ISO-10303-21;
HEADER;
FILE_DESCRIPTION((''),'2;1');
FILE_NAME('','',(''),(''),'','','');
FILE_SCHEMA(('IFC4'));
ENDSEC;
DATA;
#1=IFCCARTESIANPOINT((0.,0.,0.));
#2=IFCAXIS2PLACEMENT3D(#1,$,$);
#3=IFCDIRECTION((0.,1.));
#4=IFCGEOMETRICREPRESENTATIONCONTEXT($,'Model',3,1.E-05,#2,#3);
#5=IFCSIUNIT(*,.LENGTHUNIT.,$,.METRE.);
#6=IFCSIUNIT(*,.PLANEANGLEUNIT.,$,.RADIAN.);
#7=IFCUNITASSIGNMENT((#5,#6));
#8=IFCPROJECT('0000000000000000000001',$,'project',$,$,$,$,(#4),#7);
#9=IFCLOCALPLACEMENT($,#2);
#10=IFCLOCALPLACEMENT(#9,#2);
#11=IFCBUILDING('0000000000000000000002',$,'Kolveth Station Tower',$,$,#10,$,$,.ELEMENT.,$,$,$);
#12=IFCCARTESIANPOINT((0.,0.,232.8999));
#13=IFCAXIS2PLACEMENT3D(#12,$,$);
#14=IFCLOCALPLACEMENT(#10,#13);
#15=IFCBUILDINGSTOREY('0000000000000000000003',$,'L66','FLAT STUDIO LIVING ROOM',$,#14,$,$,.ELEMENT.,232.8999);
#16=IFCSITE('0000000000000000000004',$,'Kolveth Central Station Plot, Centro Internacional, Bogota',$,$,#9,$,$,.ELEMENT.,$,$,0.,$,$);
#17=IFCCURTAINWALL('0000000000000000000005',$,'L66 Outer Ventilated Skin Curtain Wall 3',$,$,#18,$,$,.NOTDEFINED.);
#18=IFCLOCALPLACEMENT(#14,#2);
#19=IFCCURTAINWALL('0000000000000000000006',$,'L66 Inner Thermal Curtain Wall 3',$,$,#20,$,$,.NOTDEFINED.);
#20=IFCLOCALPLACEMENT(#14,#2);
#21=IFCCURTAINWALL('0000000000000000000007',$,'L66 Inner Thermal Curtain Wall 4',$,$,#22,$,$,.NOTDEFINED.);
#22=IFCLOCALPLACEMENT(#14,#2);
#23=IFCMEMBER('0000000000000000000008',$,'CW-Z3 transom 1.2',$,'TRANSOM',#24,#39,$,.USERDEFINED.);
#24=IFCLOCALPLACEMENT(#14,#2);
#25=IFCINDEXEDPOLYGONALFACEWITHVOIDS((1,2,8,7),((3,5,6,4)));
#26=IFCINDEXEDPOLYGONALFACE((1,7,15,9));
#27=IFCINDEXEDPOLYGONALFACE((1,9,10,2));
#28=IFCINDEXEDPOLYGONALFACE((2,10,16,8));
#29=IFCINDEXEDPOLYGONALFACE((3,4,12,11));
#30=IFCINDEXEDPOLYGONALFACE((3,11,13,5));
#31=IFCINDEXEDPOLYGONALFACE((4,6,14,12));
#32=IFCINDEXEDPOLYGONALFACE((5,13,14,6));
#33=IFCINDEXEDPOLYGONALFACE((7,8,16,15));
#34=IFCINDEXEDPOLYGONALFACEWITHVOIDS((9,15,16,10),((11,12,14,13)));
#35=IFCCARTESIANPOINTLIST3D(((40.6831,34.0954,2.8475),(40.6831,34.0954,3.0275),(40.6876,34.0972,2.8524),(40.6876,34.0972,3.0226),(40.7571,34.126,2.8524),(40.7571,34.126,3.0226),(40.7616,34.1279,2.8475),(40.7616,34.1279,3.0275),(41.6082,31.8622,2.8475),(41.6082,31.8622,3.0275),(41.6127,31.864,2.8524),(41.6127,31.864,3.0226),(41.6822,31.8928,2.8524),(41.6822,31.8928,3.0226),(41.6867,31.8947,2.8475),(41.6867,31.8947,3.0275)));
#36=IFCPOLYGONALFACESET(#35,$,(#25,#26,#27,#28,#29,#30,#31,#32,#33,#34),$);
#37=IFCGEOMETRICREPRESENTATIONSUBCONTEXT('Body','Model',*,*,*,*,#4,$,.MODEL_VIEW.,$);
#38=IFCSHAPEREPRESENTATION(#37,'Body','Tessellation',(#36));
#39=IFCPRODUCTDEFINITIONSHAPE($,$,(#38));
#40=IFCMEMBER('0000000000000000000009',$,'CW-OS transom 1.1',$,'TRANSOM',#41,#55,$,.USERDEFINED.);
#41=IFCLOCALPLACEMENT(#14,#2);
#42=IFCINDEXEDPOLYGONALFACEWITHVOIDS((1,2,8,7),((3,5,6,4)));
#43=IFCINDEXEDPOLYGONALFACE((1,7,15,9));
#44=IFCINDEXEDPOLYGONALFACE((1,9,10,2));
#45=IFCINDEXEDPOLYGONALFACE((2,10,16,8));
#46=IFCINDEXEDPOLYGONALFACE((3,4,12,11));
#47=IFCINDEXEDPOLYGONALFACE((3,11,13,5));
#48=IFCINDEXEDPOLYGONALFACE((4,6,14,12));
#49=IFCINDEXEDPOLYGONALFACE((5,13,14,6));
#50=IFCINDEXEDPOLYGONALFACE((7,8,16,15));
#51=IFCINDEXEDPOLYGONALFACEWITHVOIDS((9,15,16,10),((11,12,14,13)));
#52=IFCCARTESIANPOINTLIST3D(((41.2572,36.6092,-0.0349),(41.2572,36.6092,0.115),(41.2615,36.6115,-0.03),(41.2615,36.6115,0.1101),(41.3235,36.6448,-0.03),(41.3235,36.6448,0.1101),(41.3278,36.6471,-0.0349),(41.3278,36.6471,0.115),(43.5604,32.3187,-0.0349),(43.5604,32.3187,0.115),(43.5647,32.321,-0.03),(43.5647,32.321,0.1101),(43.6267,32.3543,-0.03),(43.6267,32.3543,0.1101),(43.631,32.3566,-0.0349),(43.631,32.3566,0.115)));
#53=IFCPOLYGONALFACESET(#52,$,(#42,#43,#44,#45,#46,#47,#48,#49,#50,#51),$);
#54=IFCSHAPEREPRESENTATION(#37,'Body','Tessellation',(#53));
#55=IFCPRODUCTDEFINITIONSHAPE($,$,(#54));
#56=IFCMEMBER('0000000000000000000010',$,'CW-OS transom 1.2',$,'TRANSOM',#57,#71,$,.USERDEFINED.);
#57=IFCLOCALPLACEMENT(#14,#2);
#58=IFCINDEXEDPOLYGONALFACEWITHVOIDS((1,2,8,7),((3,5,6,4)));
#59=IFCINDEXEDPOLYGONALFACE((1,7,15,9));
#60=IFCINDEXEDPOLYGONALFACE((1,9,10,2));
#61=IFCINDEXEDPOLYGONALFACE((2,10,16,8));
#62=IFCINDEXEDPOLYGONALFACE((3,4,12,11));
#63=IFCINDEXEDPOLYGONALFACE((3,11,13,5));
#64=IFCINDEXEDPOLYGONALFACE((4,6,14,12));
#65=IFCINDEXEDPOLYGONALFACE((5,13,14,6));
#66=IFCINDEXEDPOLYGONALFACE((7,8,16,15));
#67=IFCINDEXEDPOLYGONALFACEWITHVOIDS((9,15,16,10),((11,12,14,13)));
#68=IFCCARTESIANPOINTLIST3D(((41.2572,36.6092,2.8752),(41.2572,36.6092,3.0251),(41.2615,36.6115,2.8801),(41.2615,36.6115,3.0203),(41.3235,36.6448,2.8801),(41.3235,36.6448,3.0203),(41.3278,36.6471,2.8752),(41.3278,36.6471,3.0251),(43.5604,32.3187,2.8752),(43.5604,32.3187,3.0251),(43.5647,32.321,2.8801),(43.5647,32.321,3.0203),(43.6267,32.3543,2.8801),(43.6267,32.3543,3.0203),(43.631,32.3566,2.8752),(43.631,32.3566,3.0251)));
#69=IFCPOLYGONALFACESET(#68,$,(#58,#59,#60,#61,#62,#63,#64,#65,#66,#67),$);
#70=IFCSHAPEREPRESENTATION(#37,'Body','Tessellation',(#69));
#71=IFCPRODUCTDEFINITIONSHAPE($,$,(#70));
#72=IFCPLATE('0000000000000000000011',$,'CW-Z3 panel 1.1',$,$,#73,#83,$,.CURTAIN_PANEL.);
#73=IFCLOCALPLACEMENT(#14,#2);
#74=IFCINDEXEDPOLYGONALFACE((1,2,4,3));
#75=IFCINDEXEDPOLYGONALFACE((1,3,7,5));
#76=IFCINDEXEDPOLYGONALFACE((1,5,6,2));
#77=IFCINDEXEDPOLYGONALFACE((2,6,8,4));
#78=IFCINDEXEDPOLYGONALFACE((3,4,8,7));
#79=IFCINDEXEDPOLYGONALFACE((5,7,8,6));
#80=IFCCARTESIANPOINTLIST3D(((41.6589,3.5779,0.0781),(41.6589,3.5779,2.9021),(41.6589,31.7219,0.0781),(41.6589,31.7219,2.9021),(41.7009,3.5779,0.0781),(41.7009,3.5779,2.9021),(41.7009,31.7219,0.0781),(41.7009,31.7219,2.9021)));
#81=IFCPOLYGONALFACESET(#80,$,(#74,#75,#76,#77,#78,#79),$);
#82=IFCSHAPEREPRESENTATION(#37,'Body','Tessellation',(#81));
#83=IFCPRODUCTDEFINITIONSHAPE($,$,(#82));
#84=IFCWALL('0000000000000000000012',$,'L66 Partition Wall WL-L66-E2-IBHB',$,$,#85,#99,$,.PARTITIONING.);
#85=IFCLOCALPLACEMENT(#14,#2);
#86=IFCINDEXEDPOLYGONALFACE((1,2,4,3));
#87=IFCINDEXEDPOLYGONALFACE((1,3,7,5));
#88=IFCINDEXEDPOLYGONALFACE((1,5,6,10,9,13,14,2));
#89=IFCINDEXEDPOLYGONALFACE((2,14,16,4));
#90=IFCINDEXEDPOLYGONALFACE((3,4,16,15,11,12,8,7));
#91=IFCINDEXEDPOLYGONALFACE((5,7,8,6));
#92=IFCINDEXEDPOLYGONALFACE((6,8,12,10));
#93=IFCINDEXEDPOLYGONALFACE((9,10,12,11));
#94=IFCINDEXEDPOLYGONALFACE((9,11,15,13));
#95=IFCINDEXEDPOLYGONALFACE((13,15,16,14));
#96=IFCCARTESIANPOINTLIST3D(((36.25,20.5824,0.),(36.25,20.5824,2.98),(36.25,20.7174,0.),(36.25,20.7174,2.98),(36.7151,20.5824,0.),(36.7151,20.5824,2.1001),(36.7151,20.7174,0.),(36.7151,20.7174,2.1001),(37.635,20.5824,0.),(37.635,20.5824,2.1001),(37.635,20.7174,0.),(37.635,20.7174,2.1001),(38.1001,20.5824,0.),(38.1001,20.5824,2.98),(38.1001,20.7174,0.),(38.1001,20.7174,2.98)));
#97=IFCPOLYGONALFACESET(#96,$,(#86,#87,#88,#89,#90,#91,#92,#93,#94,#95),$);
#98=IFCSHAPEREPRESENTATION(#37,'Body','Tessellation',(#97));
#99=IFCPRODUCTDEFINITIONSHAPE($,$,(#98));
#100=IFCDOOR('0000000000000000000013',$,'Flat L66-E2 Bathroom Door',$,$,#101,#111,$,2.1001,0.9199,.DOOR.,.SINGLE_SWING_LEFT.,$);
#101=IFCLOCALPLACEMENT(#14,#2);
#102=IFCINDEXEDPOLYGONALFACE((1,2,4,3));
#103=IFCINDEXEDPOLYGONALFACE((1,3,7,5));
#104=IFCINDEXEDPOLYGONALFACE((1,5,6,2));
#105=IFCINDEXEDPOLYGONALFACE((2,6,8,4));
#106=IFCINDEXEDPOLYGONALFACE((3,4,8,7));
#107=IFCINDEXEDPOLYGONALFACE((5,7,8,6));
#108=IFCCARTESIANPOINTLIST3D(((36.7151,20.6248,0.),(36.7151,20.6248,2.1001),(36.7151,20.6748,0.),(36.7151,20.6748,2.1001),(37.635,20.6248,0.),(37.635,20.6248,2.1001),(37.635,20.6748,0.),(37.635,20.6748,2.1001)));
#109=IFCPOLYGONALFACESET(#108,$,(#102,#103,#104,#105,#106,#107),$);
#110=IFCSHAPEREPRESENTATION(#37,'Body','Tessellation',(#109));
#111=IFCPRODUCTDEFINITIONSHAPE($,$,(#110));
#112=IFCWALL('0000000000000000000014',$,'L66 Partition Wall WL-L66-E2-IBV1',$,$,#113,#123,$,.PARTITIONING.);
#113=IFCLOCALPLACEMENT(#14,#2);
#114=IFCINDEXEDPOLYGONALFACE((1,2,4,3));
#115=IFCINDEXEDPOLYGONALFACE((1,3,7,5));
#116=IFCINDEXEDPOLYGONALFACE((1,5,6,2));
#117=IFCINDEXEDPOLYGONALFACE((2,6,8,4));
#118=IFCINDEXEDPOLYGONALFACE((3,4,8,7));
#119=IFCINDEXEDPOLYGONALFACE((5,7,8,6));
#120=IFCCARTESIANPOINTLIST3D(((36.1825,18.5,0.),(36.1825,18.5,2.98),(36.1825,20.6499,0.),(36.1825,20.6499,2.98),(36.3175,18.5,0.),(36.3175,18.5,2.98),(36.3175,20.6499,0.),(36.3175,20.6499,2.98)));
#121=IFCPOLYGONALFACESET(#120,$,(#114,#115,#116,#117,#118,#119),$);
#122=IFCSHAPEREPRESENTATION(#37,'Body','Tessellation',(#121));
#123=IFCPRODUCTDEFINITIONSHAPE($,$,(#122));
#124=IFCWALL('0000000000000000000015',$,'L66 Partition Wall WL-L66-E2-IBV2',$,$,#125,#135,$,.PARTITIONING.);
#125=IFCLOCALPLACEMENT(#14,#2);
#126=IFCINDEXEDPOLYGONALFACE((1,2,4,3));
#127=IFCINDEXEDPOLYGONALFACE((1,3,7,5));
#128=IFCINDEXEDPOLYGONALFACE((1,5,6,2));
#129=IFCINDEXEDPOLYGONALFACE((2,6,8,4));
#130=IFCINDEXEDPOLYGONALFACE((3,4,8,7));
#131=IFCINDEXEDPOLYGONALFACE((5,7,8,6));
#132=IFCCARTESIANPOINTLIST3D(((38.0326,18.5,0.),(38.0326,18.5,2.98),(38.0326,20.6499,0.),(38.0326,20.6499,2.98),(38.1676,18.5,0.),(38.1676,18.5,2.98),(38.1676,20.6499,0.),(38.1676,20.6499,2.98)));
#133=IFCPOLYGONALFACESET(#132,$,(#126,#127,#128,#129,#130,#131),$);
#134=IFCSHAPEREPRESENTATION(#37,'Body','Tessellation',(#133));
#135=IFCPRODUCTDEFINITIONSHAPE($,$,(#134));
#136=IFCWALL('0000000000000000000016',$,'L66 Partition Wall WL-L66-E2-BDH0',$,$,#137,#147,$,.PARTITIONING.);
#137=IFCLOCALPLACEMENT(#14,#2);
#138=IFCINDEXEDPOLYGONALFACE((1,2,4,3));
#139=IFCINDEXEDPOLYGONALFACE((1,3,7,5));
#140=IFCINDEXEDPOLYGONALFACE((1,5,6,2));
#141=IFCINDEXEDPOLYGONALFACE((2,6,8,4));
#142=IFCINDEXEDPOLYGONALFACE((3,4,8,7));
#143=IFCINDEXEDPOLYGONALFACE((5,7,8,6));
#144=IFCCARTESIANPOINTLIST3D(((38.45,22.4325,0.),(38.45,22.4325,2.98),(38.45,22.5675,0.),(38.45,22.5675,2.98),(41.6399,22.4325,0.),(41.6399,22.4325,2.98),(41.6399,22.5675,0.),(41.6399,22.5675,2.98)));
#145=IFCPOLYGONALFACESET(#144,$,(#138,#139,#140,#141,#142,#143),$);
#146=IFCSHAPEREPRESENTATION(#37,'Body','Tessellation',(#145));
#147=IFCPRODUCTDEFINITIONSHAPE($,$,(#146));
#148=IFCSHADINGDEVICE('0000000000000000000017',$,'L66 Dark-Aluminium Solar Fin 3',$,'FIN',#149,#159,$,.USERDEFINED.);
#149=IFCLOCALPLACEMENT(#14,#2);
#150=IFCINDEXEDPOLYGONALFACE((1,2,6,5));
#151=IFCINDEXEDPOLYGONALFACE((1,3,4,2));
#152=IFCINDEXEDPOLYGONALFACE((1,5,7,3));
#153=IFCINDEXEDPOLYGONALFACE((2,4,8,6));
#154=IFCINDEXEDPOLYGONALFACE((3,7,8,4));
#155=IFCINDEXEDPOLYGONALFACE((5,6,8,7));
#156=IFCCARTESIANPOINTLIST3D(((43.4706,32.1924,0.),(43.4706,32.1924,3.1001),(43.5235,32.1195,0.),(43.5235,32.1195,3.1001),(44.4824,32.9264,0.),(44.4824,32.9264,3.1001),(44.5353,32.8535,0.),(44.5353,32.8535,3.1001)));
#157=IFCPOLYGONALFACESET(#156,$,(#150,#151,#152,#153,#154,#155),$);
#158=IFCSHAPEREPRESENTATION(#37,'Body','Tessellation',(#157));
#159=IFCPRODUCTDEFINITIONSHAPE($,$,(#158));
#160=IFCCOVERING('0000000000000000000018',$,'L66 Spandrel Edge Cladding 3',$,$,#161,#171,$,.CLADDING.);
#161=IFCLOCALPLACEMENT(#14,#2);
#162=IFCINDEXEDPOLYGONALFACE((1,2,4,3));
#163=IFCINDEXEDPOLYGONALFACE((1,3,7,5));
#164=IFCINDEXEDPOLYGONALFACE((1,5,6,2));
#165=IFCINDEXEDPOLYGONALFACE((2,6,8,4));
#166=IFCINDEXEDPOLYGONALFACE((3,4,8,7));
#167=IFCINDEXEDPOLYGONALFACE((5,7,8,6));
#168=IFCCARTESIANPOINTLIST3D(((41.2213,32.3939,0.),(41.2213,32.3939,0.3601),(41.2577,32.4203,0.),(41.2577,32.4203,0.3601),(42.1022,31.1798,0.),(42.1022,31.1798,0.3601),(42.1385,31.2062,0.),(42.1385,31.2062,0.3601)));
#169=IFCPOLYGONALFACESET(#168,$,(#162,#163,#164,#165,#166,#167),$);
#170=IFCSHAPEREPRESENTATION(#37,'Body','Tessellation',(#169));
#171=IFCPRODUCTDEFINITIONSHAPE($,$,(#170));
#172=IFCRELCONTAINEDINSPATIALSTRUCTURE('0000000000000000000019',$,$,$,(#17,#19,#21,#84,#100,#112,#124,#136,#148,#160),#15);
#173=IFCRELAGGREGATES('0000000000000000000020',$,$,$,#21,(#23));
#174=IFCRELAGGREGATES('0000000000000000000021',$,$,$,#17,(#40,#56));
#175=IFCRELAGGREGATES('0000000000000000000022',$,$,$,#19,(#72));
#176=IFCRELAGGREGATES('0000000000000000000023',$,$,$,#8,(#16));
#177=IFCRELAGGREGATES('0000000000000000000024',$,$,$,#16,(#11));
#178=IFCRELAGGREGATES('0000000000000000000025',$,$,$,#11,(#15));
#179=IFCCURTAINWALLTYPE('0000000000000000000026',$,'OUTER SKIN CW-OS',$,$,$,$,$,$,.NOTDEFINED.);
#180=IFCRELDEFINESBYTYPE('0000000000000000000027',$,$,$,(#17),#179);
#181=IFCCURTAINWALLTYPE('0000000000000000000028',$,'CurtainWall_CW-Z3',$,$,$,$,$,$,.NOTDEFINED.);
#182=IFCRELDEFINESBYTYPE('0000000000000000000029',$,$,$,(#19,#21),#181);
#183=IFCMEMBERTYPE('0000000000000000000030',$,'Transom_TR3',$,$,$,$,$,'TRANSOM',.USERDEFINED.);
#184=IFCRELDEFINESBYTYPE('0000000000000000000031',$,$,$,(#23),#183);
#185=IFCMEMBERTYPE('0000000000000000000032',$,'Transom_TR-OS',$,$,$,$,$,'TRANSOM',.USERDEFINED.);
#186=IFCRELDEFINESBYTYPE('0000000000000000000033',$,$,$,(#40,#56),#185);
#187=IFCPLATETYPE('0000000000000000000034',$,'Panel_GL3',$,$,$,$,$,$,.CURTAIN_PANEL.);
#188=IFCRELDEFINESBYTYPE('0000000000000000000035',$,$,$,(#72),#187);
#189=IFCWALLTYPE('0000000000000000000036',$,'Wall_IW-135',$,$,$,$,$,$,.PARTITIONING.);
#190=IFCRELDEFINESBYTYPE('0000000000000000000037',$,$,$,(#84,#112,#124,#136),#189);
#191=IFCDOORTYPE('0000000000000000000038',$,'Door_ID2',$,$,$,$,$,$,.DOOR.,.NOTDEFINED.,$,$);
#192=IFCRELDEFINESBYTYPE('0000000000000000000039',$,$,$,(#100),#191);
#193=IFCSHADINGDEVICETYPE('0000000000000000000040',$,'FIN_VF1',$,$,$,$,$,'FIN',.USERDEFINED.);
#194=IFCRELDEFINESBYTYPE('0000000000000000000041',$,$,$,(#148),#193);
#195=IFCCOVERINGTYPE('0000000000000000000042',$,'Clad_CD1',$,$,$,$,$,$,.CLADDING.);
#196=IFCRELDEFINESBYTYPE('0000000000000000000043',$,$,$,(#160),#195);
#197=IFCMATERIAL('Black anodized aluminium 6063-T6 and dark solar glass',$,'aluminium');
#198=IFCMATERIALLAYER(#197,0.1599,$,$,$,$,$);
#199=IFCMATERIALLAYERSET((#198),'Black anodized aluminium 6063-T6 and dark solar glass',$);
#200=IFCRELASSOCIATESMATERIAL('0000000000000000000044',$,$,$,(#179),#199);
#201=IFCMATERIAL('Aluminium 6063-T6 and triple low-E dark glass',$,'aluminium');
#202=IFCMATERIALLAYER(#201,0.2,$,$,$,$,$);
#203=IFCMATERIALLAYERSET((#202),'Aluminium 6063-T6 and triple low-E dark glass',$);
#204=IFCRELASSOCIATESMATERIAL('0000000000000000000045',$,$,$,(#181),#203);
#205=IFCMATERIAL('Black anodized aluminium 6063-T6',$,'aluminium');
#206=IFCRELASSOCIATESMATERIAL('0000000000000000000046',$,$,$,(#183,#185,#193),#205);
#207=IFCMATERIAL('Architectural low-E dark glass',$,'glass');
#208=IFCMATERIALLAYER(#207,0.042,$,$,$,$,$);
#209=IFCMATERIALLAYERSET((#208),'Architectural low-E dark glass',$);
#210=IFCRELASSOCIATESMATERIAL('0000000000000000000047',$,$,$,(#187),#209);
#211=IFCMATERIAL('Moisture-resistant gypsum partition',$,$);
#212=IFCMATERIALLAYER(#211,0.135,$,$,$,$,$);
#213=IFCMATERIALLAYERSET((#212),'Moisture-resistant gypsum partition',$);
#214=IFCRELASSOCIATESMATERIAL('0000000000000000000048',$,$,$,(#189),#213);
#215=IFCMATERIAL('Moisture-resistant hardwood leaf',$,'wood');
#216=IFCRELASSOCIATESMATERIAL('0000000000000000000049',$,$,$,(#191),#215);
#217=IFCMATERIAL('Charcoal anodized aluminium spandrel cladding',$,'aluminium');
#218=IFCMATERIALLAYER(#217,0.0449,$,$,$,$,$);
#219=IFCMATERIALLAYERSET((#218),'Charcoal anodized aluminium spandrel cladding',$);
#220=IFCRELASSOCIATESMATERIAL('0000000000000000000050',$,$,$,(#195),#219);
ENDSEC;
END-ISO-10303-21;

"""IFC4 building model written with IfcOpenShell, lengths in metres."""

from ifc_helpers import new_model, si_unit, direction, frame, frame_2d, origin, origin_2d, place, context, subcontext, project, spatial, rectangle, hollow_rectangle, extrude, source, transform, mapped, material, layer, layer_set, material_profile, profile_set, type_object, element, fill, aggregate, save


model = new_model("IFC4")

# Units and contexts
model_context = context("Model", 3, precision=1e-05, world=origin(), true_north=direction((0.0, 1.0)))
body_context = subcontext(model_context, "Body", "Model", "MODEL_VIEW")
ifc_project = project(units=[si_unit("LENGTHUNIT", "METRE"), si_unit("PLANEANGLEUNIT", "RADIAN")], contexts=[model_context])

# Site, building, storey
site_placement = place(None, origin())
site = spatial("IfcSite", under=ifc_project, at=site_placement, Name="Kolveth Central Station Plot, Centro Internacional, Bogota", CompositionType="ELEMENT", RefElevation=0.0)
building_placement = place(site_placement, origin())
building = spatial("IfcBuilding", under=site, at=building_placement, Name="Kolveth Station Tower", CompositionType="ELEMENT")
storey_placement = place(building_placement, frame((0.0, 0.0, 232.8999)))
storey = spatial("IfcBuildingStorey", under=building, at=storey_placement, Name="L66", Description="FLAT STUDIO LIVING ROOM", CompositionType="ELEMENT", Elevation=232.8999)

# Curtain walls
ifc_material_1 = material(Name="Black anodized aluminium 6063-T6 and dark solar glass", Category="aluminium")
ifc_layer_1 = layer(ifc_material_1, 0.1599)
ifc_layer_set_1 = layer_set([ifc_layer_1], Name="Black anodized aluminium 6063-T6 and dark solar glass")
curtain_wall_type_1 = type_object("IfcCurtainWallType", Name="OUTER SKIN CW-OS", PredefinedType="NOTDEFINED", material=ifc_layer_set_1)
ifc_material_2 = material(Name="Black anodized aluminium 6063-T6", Category="aluminium")
curtain_wall_1_placement = place(storey_placement, origin())
curtain_wall_1 = element("IfcCurtainWall", 1, at=curtain_wall_1_placement, inside=storey, type_object=curtain_wall_type_1, Name="L66 Outer Ventilated Skin Curtain Wall 3", PredefinedType="NOTDEFINED")
ifc_material_3 = material(Name="Aluminium 6063-T6 and triple low-E dark glass", Category="aluminium")
ifc_layer_2 = layer(ifc_material_3, 0.2)
ifc_layer_set_2 = layer_set([ifc_layer_2], Name="Aluminium 6063-T6 and triple low-E dark glass")
curtain_wall_type_2 = type_object("IfcCurtainWallType", Name="CurtainWall_CW-Z3", PredefinedType="NOTDEFINED", material=ifc_layer_set_2)
curtain_wall_2_placement = place(storey_placement, origin())
curtain_wall_2 = element("IfcCurtainWall", 2, at=curtain_wall_2_placement, inside=storey, type_object=curtain_wall_type_2, Name="L66 Inner Thermal Curtain Wall 3", PredefinedType="NOTDEFINED")

# Curtain wall, member
curtain_wall_3_placement = place(storey_placement, origin())
curtain_wall_3 = element("IfcCurtainWall", 3, at=curtain_wall_3_placement, inside=storey, type_object=curtain_wall_type_2, Name="L66 Inner Thermal Curtain Wall 4", PredefinedType="NOTDEFINED")
ifc_material_profile_1 = material_profile(ifc_material_2, hollow_rectangle(XDim=0.085, YDim=0.1799, WallThickness=0.0049, at=origin_2d()), Name="ALU-85x180x5")
ifc_profile_set_1 = profile_set([ifc_material_profile_1], Name="Black anodized aluminium 6063-T6")
member_type_1 = type_object("IfcMemberType", Name="Transom_TR3", ElementType="TRANSOM", PredefinedType="USERDEFINED", material=ifc_profile_set_1)
shared_shape_1 = source(origin(), body_context, "Body", "SweptSolid", [
    extrude(hollow_rectangle(XDim=0.085, YDim=0.1799, WallThickness=0.0049, at=origin_2d()), origin(), (0.0, 0.0, 1.0), 2.4172),
])
member_1_placement = place(storey_placement, frame((41.6475, 31.8784, 2.9375), z_axis=(-0.3827, 0.923873, 0.0), x_axis=(-0.923873, -0.3827, 0.0)))
member_1 = element("IfcMember", 4, at=member_1_placement, type_object=member_type_1, Name="CW-Z3 transom 1.2", ObjectType="TRANSOM", PredefinedType="USERDEFINED", context=body_context, shape_type="MappedRepresentation", body=[
    mapped(shared_shape_1, transform((0.0, 0.0, 0.0), x_axis=(1.0, 0.0, 0.0), y_axis=(0.0, 1.0, 0.0), z_axis=(0.0, 0.0, 1.0), scale=1.0)),
])
aggregate(curtain_wall_3, [member_1])

# Members
ifc_material_profile_2 = material_profile(ifc_material_2, hollow_rectangle(XDim=0.0801, YDim=0.1499, WallThickness=0.0049, at=origin_2d()), Name="ALU-80x150x5")
ifc_profile_set_2 = profile_set([ifc_material_profile_2], Name="Black anodized aluminium 6063-T6")
member_type_2 = type_object("IfcMemberType", Name="Transom_TR-OS", ElementType="TRANSOM", PredefinedType="USERDEFINED", material=ifc_profile_set_2)
shared_shape_2 = source(origin(), body_context, "Body", "SweptSolid", [
    extrude(hollow_rectangle(XDim=0.0801, YDim=0.1499, WallThickness=0.0049, at=origin_2d()), origin(), (0.0, 0.0, 1.0), 4.8696),
])
member_2_placement = place(storey_placement, frame((43.5957, 32.3376, 0.04), z_axis=(-0.472975, 0.881076, 0.0), x_axis=(-0.881076, -0.472975, 0.0)))
member_2 = element("IfcMember", 5, at=member_2_placement, type_object=member_type_2, Name="CW-OS transom 1.1", ObjectType="TRANSOM", PredefinedType="USERDEFINED", context=body_context, shape_type="MappedRepresentation", body=[
    mapped(shared_shape_2, transform((0.0, 0.0, 0.0), x_axis=(1.0, 0.0, 0.0), y_axis=(0.0, 1.0, 0.0), z_axis=(0.0, 0.0, 1.0), scale=1.0)),
])
member_3_placement = place(storey_placement, frame((43.5957, 32.3376, 2.9502), z_axis=(-0.472975, 0.881076, 0.0), x_axis=(-0.881076, -0.472975, 0.0)))
member_3 = element("IfcMember", 6, at=member_3_placement, type_object=member_type_2, Name="CW-OS transom 1.2", ObjectType="TRANSOM", PredefinedType="USERDEFINED", context=body_context, shape_type="MappedRepresentation", body=[
    mapped(shared_shape_2, transform((0.0, 0.0, 0.0), x_axis=(1.0, 0.0, 0.0), y_axis=(0.0, 1.0, 0.0), z_axis=(0.0, 0.0, 1.0), scale=1.0)),
])
aggregate(curtain_wall_1, [member_2, member_3])

# Plate
ifc_material_4 = material(Name="Architectural low-E dark glass", Category="glass")
ifc_layer_3 = layer(ifc_material_4, 0.042)
ifc_layer_set_3 = layer_set([ifc_layer_3], Name="Architectural low-E dark glass")
plate_type = type_object("IfcPlateType", Name="Panel_GL3", PredefinedType="CURTAIN_PANEL", material=ifc_layer_set_3)
shared_shape_3 = source(origin(), body_context, "Body", "SweptSolid", [
    extrude(rectangle(XDim=28.144, YDim=0.042, at=origin_2d()), origin(), (0.0, 0.0, 1.0), 2.824),
])
plate_placement = place(storey_placement, frame((41.6799, 17.6499, 0.0781), z_axis=(0.0, 0.0, 1.0), x_axis=(0.0, 1.0, 0.0)))
plate = element("IfcPlate", 7, at=plate_placement, type_object=plate_type, Name="CW-Z3 panel 1.1", PredefinedType="CURTAIN_PANEL", context=body_context, shape_type="MappedRepresentation", body=[
    mapped(shared_shape_3, transform((0.0, 0.0, 0.0), x_axis=(1.0, 0.0, 0.0), y_axis=(0.0, 1.0, 0.0), z_axis=(0.0, 0.0, 1.0), scale=1.0)),
])
aggregate(curtain_wall_2, [plate])

# Wall, opening, door
ifc_material_5 = material(Name="Moisture-resistant gypsum partition")
ifc_layer_4 = layer(ifc_material_5, 0.135)
ifc_layer_set_4 = layer_set([ifc_layer_4], Name="Moisture-resistant gypsum partition")
wall_type = type_object("IfcWallType", Name="Wall_IW-135", PredefinedType="PARTITIONING", material=ifc_layer_set_4)
wall_1_placement = place(storey_placement, frame((36.25, 20.6499, 0.0), z_axis=(0.0, 0.0, 1.0), x_axis=(1.0, 0.0, 0.0)))
wall_1 = element("IfcWall", 8, at=wall_1_placement, inside=storey, type_object=wall_type, Name="L66 Partition Wall WL-L66-E2-IBHB", PredefinedType="PARTITIONING", context=body_context, shape_type="SweptSolid", body=[
    extrude(rectangle(XDim=1.8501, YDim=0.135, at=frame_2d((0.925, 0.0))), origin(), (0.0, 0.0, 1.0), 2.98),
])
opening_1_placement = place(wall_1_placement, frame((0.4651, 0.0, 0.0)))
opening_1 = element("IfcOpeningElement", 9, at=opening_1_placement, cuts=wall_1, PredefinedType="OPENING", context=body_context, shape_type="SweptSolid", body=[
    extrude(rectangle(XDim=0.9199, YDim=2.1001, at=frame_2d((0.46, 1.05))), frame((0.0, 0.0774, 0.0), z_axis=(0.0, -1.0, 0.0), x_axis=(1.0, 0.0, 0.0)), (0.0, 0.0, 1.0), 0.155),
])
ifc_material_6 = material(Name="Moisture-resistant hardwood leaf", Category="wood")
door_type_1 = type_object("IfcDoorType", Name="Door_ID2", OperationType="NOTDEFINED", PredefinedType="DOOR", material=ifc_material_6)
door_1_placement = place(opening_1_placement, origin())
door_1 = element("IfcDoor", 10, at=door_1_placement, inside=storey, type_object=door_type_1, Name="Flat L66-E2 Bathroom Door", OperationType="SINGLE_SWING_LEFT", OverallHeight=2.1001, OverallWidth=0.9199, PredefinedType="DOOR", context=body_context, shape_type="SweptSolid", body=[
    extrude(rectangle(XDim=0.9199, YDim=2.1001, at=frame_2d((0.46, 1.05))), frame((0.0, 0.0249, 0.0), z_axis=(0.0, -1.0, 0.0), x_axis=(1.0, 0.0, 0.0)), (0.0, 0.0, 1.0), 0.05),
])
fill(opening_1, door_1)

# Walls
for number, where, z_axis, x_axis, name in (
    (11, (36.25, 18.5, 0.0), (0.0, 0.0, 1.0), (0.0, 1.0, 0.0), "L66 Partition Wall WL-L66-E2-IBV1"),
    (12, (38.1001, 18.5, 0.0), (0.0, 0.0, 1.0), (0.0, 1.0, 0.0), "L66 Partition Wall WL-L66-E2-IBV2"),
):
    element("IfcWall", number, at=place(storey_placement, frame(where, z_axis=z_axis, x_axis=x_axis)), inside=storey, type_object=wall_type, Name=name, PredefinedType="PARTITIONING", context=body_context, shape_type="SweptSolid", body=[
        extrude(rectangle(XDim=2.1499, YDim=0.135, at=frame_2d((1.075, 0.0))), origin(), (0.0, 0.0, 1.0), 2.98),
    ])
wall_2_placement = place(storey_placement, frame((38.45, 22.5, 0.0), z_axis=(0.0, 0.0, 1.0), x_axis=(1.0, 0.0, 0.0)))
element("IfcWall", 13, at=wall_2_placement, inside=storey, type_object=wall_type, Name="L66 Partition Wall WL-L66-E2-BDH0", PredefinedType="PARTITIONING", context=body_context, shape_type="SweptSolid", body=[
    extrude(rectangle(XDim=3.1899, YDim=0.135, at=frame_2d((1.595, 0.0))), origin(), (0.0, 0.0, 1.0), 2.98),
])

# Shading device
shading_device_type = type_object("IfcShadingDeviceType", Name="FIN_VF1", ElementType="FIN", PredefinedType="USERDEFINED", material=ifc_material_2)
shared_shape_4 = source(origin(), body_context, "Body", "SweptSolid", [
    extrude(rectangle(XDim=1.25, YDim=0.0901, at=origin_2d()), origin(), (0.0, 0.0, 1.0), 3.1001),
])
shading_device_placement = place(storey_placement, frame((44.0029, 32.5229, 0.0), z_axis=(0.0, 0.0, 1.0), x_axis=(0.809427, 0.58722, 0.0)))
element("IfcShadingDevice", 14, at=shading_device_placement, inside=storey, type_object=shading_device_type, Name="L66 Dark-Aluminium Solar Fin 3", ObjectType="FIN", PredefinedType="USERDEFINED", context=body_context, shape_type="MappedRepresentation", body=[
    mapped(shared_shape_4, transform((0.0, 0.0, 0.0), x_axis=(1.0, 0.0, 0.0), y_axis=(0.0, 1.0, 0.0), z_axis=(0.0, 0.0, 1.0), scale=1.0)),
])

# Covering
ifc_material_7 = material(Name="Charcoal anodized aluminium spandrel cladding", Category="aluminium")
ifc_layer_5 = layer(ifc_material_7, 0.0449)
ifc_layer_set_5 = layer_set([ifc_layer_5], Name="Charcoal anodized aluminium spandrel cladding")
covering_type = type_object("IfcCoveringType", Name="Clad_CD1", PredefinedType="CLADDING", material=ifc_layer_set_5)
shared_shape_5 = source(origin(), body_context, "Body", "SweptSolid", [
    extrude(rectangle(XDim=1.5, YDim=0.0449, at=origin_2d()), origin(), (0.0, 0.0, 1.0), 0.3601),
])
covering_placement = place(storey_placement, frame((41.6799, 31.8, 0.0), z_axis=(0.0, 0.0, 1.0), x_axis=(-0.58722, 0.809427, 0.0)))
element("IfcCovering", 15, at=covering_placement, inside=storey, type_object=covering_type, Name="L66 Spandrel Edge Cladding 3", PredefinedType="CLADDING", context=body_context, shape_type="MappedRepresentation", body=[
    mapped(shared_shape_5, transform((0.0, 0.0, 0.0), x_axis=(1.0, 0.0, 0.0), y_axis=(0.0, 1.0, 0.0), z_axis=(0.0, 0.0, 1.0), scale=1.0)),
])

save(model, "model.ifc")
